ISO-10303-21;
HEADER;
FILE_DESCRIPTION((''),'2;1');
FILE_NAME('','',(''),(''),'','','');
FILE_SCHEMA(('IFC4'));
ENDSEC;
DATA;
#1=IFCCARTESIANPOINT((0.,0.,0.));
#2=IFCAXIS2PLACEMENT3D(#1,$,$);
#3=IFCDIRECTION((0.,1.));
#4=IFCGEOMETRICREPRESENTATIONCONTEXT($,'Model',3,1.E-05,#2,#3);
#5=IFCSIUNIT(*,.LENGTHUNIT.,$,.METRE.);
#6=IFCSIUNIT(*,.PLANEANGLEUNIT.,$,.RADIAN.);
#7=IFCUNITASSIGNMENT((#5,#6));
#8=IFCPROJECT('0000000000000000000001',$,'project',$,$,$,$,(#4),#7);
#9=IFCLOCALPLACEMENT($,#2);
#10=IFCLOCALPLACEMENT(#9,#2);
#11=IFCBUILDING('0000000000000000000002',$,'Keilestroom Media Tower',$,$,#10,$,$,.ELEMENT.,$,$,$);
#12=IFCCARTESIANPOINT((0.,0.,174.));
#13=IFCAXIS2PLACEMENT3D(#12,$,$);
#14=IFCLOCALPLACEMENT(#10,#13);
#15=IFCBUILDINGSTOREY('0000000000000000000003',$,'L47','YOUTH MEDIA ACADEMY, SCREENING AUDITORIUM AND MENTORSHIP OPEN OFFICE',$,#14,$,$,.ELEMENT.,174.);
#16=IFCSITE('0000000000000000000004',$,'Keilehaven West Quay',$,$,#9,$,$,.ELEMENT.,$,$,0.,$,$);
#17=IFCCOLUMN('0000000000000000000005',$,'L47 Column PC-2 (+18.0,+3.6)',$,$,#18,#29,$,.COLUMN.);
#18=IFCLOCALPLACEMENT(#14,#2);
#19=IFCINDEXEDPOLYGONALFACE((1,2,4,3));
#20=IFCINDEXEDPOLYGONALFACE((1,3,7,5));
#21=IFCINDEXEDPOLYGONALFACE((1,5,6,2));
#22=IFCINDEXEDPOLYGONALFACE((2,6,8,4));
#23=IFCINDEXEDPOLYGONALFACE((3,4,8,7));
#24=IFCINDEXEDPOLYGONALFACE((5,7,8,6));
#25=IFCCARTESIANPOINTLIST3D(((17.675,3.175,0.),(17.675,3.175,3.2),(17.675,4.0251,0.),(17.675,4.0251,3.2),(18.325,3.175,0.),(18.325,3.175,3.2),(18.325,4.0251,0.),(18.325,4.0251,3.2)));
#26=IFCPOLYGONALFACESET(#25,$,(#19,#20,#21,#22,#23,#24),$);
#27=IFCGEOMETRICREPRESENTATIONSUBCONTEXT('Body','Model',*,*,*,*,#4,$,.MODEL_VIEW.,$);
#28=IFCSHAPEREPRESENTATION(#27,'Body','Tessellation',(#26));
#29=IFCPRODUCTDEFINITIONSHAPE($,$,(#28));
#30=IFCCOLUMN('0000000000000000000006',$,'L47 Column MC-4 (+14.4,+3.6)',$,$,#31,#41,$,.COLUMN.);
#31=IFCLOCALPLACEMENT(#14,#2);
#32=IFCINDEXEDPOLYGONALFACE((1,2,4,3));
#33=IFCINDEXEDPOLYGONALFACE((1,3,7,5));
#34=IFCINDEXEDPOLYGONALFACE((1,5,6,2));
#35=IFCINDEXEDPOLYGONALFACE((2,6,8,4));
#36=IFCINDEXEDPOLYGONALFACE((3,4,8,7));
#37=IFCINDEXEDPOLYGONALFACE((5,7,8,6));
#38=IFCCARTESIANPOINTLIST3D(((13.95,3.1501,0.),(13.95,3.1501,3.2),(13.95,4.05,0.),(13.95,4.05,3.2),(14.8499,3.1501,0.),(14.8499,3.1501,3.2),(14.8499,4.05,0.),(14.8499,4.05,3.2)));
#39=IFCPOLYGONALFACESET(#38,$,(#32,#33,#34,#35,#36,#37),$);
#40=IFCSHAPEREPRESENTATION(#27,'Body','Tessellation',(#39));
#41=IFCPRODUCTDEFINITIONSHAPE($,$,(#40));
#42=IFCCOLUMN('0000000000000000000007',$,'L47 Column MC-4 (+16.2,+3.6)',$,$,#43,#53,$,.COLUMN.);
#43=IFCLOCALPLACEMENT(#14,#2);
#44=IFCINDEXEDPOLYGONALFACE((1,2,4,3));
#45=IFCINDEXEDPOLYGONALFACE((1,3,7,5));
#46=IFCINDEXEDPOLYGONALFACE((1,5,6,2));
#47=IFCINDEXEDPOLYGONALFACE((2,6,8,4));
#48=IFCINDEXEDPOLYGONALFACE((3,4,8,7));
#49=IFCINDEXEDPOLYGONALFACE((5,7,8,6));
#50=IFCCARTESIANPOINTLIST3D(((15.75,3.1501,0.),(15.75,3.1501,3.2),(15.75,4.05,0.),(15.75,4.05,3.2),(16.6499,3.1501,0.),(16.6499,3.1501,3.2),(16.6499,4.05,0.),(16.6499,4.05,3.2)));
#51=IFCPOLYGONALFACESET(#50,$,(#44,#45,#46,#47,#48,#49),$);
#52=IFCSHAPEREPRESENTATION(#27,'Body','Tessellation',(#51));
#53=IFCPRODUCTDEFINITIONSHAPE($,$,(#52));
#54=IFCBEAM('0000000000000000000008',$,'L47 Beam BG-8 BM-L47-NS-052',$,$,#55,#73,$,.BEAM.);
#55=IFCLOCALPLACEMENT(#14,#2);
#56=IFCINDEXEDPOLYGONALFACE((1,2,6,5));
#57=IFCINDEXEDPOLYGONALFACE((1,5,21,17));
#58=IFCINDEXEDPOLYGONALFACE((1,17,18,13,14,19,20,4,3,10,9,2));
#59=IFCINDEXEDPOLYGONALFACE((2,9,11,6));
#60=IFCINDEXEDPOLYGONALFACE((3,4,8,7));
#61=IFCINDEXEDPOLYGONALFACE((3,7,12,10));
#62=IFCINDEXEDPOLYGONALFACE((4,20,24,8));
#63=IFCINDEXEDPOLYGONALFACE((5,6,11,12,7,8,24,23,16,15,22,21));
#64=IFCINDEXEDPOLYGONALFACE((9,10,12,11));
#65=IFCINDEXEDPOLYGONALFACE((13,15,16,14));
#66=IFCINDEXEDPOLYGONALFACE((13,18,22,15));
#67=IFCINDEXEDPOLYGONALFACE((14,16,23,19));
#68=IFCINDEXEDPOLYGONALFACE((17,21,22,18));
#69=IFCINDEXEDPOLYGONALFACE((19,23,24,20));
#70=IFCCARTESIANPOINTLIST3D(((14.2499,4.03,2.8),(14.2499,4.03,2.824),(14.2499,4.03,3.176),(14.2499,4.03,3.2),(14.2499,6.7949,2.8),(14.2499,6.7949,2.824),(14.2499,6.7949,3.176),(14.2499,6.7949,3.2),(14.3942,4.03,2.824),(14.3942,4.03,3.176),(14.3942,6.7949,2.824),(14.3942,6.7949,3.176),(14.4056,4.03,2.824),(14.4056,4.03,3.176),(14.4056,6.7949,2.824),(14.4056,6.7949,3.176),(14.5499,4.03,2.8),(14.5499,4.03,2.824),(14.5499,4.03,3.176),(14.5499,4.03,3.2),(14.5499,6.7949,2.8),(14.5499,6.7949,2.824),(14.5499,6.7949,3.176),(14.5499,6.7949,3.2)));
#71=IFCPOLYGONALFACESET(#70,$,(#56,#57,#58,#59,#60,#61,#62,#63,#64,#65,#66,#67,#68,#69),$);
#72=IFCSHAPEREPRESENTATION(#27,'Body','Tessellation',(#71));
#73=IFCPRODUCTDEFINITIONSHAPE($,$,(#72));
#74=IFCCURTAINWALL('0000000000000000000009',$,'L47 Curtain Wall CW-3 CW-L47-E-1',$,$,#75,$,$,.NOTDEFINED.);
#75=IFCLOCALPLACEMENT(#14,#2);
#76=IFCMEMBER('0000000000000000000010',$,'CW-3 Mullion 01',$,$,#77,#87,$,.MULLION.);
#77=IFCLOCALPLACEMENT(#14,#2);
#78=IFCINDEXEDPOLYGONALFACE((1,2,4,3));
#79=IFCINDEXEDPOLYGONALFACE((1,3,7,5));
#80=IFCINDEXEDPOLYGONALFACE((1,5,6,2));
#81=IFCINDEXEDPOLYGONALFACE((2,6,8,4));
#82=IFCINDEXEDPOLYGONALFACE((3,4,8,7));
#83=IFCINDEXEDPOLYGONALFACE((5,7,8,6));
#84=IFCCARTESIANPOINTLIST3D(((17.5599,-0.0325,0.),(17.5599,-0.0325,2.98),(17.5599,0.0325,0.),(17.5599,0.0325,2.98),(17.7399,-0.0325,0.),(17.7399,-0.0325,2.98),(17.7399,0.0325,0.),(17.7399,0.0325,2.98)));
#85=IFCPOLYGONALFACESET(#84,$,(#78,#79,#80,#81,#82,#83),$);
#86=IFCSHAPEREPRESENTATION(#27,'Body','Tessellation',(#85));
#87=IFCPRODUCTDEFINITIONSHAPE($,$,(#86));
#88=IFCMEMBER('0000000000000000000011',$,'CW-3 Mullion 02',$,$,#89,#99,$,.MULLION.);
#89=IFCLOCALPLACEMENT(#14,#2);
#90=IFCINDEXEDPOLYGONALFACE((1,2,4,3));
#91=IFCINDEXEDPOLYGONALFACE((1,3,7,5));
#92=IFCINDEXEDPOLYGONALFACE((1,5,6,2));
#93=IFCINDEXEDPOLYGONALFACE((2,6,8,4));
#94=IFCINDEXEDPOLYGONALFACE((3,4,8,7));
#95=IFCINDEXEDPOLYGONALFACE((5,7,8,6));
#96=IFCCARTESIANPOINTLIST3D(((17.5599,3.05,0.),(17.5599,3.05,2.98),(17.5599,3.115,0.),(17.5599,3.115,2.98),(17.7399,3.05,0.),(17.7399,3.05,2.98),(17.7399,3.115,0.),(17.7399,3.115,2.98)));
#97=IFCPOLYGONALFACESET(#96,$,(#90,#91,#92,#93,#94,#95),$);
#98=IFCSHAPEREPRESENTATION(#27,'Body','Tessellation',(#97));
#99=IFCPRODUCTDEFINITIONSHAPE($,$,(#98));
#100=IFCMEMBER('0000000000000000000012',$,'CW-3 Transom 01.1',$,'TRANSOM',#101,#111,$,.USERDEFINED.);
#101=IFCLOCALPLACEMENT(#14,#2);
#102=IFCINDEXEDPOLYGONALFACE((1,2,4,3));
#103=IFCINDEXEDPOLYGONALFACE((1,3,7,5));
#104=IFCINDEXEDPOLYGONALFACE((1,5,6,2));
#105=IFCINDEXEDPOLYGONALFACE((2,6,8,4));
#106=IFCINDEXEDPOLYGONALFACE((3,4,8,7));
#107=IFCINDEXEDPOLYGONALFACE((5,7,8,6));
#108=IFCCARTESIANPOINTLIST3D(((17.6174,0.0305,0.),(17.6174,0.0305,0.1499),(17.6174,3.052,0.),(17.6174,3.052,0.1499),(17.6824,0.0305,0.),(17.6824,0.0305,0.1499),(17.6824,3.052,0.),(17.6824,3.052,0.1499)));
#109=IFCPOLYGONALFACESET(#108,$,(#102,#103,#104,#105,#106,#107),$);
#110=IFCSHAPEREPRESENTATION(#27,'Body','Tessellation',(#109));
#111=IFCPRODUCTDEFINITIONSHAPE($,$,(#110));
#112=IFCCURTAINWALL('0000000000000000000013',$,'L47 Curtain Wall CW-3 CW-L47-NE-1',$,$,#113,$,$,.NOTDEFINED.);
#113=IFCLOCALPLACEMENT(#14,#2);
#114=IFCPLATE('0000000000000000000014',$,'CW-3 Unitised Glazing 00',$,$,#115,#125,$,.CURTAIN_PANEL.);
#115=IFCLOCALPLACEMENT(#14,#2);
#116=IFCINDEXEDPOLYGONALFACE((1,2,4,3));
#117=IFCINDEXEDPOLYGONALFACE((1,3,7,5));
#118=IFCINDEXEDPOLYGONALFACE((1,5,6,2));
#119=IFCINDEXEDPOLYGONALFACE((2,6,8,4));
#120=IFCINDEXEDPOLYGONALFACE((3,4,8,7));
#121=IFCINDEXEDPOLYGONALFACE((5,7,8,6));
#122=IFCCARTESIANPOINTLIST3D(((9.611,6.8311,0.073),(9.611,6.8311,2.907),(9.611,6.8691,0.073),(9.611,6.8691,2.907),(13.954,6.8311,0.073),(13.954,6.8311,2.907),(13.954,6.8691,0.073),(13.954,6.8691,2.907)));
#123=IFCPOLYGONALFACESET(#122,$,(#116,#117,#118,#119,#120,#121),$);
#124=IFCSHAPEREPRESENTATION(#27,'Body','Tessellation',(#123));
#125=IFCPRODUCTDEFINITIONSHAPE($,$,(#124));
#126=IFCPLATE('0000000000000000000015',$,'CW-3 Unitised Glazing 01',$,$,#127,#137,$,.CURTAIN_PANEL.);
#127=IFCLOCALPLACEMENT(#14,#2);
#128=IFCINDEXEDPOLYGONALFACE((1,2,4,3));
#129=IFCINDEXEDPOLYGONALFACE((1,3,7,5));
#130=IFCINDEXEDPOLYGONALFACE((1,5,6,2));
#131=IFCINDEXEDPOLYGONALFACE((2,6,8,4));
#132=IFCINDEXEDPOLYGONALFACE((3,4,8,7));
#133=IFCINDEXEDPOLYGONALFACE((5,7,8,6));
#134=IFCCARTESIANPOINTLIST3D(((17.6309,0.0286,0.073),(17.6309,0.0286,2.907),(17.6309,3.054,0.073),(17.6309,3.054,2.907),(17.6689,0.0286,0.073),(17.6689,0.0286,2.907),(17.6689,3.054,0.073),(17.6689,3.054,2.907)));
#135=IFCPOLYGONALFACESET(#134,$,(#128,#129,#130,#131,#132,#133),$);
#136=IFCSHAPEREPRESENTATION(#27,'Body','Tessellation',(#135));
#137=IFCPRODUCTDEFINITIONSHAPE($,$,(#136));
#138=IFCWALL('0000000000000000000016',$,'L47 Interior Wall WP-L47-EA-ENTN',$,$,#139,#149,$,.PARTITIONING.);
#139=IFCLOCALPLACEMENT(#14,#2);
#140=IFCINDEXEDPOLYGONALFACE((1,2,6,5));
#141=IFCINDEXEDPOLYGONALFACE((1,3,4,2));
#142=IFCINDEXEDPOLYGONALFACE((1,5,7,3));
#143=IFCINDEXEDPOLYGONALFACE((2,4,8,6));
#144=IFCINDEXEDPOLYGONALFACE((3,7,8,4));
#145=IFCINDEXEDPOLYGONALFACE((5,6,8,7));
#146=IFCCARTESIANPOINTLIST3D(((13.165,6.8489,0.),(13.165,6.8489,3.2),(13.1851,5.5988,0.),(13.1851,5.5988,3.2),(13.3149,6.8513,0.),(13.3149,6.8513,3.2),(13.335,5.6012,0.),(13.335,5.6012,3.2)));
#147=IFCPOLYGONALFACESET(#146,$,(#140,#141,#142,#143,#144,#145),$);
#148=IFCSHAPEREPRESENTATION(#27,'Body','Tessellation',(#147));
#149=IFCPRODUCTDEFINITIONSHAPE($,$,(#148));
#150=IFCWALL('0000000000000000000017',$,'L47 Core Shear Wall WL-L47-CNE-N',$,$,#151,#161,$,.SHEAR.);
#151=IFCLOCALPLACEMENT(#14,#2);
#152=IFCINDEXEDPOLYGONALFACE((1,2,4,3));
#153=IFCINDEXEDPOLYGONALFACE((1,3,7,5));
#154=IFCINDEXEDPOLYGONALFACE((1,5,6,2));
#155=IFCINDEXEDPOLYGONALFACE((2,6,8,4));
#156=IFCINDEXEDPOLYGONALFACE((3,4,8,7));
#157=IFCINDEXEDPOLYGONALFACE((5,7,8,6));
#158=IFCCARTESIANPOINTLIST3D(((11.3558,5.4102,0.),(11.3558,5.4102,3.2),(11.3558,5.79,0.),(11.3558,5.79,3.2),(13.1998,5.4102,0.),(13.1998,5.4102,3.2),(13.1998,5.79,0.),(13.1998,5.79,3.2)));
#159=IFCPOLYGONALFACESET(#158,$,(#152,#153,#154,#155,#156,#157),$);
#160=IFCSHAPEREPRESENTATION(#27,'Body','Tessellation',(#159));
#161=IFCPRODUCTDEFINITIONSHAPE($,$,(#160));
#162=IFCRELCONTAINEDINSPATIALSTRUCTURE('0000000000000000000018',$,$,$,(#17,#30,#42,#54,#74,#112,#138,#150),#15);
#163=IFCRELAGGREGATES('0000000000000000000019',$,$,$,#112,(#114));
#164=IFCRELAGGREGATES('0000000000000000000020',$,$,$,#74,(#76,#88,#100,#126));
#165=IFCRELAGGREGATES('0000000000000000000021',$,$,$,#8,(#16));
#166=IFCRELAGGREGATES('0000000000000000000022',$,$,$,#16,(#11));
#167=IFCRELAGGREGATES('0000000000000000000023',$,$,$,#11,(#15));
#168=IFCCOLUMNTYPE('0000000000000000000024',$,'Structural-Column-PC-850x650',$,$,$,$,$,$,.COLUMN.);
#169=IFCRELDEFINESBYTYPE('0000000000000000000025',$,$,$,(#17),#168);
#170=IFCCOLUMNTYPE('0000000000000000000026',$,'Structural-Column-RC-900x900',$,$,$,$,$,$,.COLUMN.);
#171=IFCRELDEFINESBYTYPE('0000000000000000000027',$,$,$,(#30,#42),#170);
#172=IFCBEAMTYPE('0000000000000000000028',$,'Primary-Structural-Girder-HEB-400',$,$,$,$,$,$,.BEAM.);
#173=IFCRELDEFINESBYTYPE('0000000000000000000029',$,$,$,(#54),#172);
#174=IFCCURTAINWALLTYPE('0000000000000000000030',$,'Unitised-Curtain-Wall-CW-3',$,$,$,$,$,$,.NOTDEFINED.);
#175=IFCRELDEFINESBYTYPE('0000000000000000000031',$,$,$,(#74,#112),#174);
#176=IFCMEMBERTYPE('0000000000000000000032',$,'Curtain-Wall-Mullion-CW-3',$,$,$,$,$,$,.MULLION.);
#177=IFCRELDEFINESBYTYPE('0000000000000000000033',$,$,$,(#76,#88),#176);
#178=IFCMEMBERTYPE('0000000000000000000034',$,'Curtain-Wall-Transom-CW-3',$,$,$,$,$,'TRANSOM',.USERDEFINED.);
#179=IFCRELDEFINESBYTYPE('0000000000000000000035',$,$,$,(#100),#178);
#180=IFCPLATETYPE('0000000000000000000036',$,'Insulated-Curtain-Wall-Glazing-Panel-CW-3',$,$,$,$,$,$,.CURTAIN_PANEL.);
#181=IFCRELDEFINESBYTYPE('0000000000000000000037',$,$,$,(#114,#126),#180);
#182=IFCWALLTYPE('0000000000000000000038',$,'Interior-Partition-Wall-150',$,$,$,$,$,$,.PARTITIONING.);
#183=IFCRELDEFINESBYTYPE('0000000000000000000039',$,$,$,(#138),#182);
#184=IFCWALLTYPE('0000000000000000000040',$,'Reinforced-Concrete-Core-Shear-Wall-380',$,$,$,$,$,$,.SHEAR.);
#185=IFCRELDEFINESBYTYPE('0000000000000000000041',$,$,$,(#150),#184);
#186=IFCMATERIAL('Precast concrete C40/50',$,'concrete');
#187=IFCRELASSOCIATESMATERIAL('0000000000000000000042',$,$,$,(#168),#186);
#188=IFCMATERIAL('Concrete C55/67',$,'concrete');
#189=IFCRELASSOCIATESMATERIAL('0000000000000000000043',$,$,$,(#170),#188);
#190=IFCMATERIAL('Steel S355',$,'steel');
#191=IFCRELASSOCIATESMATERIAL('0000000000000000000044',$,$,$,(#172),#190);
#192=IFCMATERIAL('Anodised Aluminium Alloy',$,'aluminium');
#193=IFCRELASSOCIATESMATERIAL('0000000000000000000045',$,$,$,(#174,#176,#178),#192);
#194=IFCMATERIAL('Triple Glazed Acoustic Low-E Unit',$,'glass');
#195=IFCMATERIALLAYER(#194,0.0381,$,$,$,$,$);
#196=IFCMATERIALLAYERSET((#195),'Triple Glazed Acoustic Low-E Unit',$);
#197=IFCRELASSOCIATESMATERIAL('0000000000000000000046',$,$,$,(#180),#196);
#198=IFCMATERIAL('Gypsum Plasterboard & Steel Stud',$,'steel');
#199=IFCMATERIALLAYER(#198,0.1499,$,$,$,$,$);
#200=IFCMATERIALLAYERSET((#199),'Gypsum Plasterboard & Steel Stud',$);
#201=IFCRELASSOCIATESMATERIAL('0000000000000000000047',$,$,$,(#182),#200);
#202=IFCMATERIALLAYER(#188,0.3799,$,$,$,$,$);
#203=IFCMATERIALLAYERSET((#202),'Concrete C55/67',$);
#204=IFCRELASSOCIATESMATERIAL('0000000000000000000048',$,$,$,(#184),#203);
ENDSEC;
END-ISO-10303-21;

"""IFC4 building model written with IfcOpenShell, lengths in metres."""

from ifc_helpers import new_model, si_unit, direction, frame, frame_2d, origin, origin_2d, place, context, subcontext, project, spatial, rectangle, i_section, extrude, source, transform, mapped, material, layer, layer_set, material_profile, profile_set, type_object, element, aggregate, save


model = new_model("IFC4")

# Units and contexts
model_context = context("Model", 3, precision=1e-05, world=origin(), true_north=direction((0.0, 1.0)))
body_context = subcontext(model_context, "Body", "Model", "MODEL_VIEW")
ifc_project = project(units=[si_unit("LENGTHUNIT", "METRE"), si_unit("PLANEANGLEUNIT", "RADIAN")], contexts=[model_context])

# Site, building, storey
site_placement = place(None, origin())
site = spatial("IfcSite", under=ifc_project, at=site_placement, Name="Keilehaven West Quay", CompositionType="ELEMENT", RefElevation=0.0)
building_placement = place(site_placement, origin())
building = spatial("IfcBuilding", under=site, at=building_placement, Name="Keilestroom Media Tower", CompositionType="ELEMENT")
storey_placement = place(building_placement, frame((0.0, 0.0, 174.0)))
storey = spatial("IfcBuildingStorey", under=building, at=storey_placement, Name="L47", Description="YOUTH MEDIA ACADEMY, SCREENING AUDITORIUM AND MENTORSHIP OPEN OFFICE", CompositionType="ELEMENT", Elevation=174.0)

# Columns
ifc_material_1 = material(Name="Precast concrete C40/50", Category="concrete")
ifc_material_profile_1 = material_profile(ifc_material_1, rectangle(XDim=0.6499, YDim=0.8501, at=origin_2d()), Name="PC 850x650")
ifc_profile_set_1 = profile_set([ifc_material_profile_1], Name="Precast concrete C40/50")
column_type_1 = type_object("IfcColumnType", Name="Structural-Column-PC-850x650", PredefinedType="COLUMN", material=ifc_profile_set_1)
shared_shape_1 = source(origin(), body_context, "Body", "SweptSolid", [
    extrude(rectangle(XDim=0.6499, YDim=0.8501, at=origin_2d()), origin(), (0.0, 0.0, 1.0), 3.2),
])
column_placement = place(storey_placement, frame((18.0, 3.6001, 0.0), z_axis=(0.0, 0.0, 1.0), x_axis=(1.0, 0.0, 0.0)))
element("IfcColumn", 1, at=column_placement, inside=storey, type_object=column_type_1, Name="L47 Column PC-2 (+18.0,+3.6)", PredefinedType="COLUMN", context=body_context, shape_type="MappedRepresentation", body=[
    mapped(shared_shape_1, transform((0.0, 0.0, 0.0), x_axis=(1.0, 0.0, 0.0), y_axis=(0.0, 1.0, 0.0), z_axis=(0.0, 0.0, 1.0), scale=1.0)),
])
ifc_material_2 = material(Name="Concrete C55/67", Category="concrete")
ifc_material_profile_2 = material_profile(ifc_material_2, rectangle(XDim=0.8999, YDim=0.8999, at=origin_2d()), Name="RC 900x900")
ifc_profile_set_2 = profile_set([ifc_material_profile_2], Name="Concrete C55/67")
column_type_2 = type_object("IfcColumnType", Name="Structural-Column-RC-900x900", PredefinedType="COLUMN", material=ifc_profile_set_2)
shared_shape_2 = source(origin(), body_context, "Body", "SweptSolid", [
    extrude(rectangle(XDim=0.8999, YDim=0.8999, at=origin_2d()), origin(), (0.0, 0.0, 1.0), 3.2),
])
for number, where, z_axis, x_axis, name in (
    (2, (14.3999, 3.6001, 0.0), (0.0, 0.0, 1.0), (1.0, 0.0, 0.0), "L47 Column MC-4 (+14.4,+3.6)"),
    (3, (16.2, 3.6001, 0.0), (0.0, 0.0, 1.0), (1.0, 0.0, 0.0), "L47 Column MC-4 (+16.2,+3.6)"),
):
    element("IfcColumn", number, at=place(storey_placement, frame(where, z_axis=z_axis, x_axis=x_axis)), inside=storey, type_object=column_type_2, Name=name, PredefinedType="COLUMN", context=body_context, shape_type="MappedRepresentation", body=[
        mapped(shared_shape_2, transform((0.0, 0.0, 0.0), x_axis=(1.0, 0.0, 0.0), y_axis=(0.0, 1.0, 0.0), z_axis=(0.0, 0.0, 1.0), scale=1.0)),
    ])

# Beam
ifc_material_3 = material(Name="Steel S355", Category="steel")
ifc_material_profile_3 = material_profile(ifc_material_3, i_section(OverallWidth=0.3, OverallDepth=0.3999, WebThickness=0.0115, FlangeThickness=0.0239, at=origin_2d()), Name="HEB 400")
ifc_profile_set_3 = profile_set([ifc_material_profile_3], Name="Steel S355")
beam_type = type_object("IfcBeamType", Name="Primary-Structural-Girder-HEB-400", PredefinedType="BEAM", material=ifc_profile_set_3)
shared_shape_3 = source(origin(), body_context, "Body", "SweptSolid", [
    extrude(i_section(OverallWidth=0.3, OverallDepth=0.3999, WebThickness=0.0115, FlangeThickness=0.0239, at=origin_2d()), origin(), (0.0, 0.0, 1.0), 2.7649),
])
beam_placement = place(storey_placement, frame((14.3999, 4.03, 3.0), z_axis=(0.0, 1.0, 0.0), x_axis=(-1.0, 0.0, 0.0)))
element("IfcBeam", 4, at=beam_placement, inside=storey, type_object=beam_type, Name="L47 Beam BG-8 BM-L47-NS-052", PredefinedType="BEAM", context=body_context, shape_type="MappedRepresentation", body=[
    mapped(shared_shape_3, transform((0.0, 0.0, 0.0), x_axis=(1.0, 0.0, 0.0), y_axis=(0.0, 1.0, 0.0), z_axis=(0.0, 0.0, 1.0), scale=1.0)),
])

# Curtain wall, members
ifc_material_4 = material(Name="Anodised Aluminium Alloy", Category="aluminium")
curtain_wall_type = type_object("IfcCurtainWallType", Name="Unitised-Curtain-Wall-CW-3", PredefinedType="NOTDEFINED", material=ifc_material_4)
curtain_wall_1_placement = place(storey_placement, origin())
curtain_wall_1 = element("IfcCurtainWall", 5, at=curtain_wall_1_placement, inside=storey, type_object=curtain_wall_type, Name="L47 Curtain Wall CW-3 CW-L47-E-1", PredefinedType="NOTDEFINED")
ifc_material_profile_4 = material_profile(ifc_material_4, rectangle(XDim=0.0649, YDim=0.1799, at=origin_2d()), Name="ALU MULLION 65x180")
ifc_profile_set_4 = profile_set([ifc_material_profile_4], Name="Anodised Aluminium Alloy")
member_type_1 = type_object("IfcMemberType", Name="Curtain-Wall-Mullion-CW-3", PredefinedType="MULLION", material=ifc_profile_set_4)
shared_shape_4 = source(origin(), body_context, "Body", "SweptSolid", [
    extrude(rectangle(XDim=0.0649, YDim=0.1799, at=origin_2d()), origin(), (0.0, 0.0, 1.0), 2.98),
])
member_1_placement = place(storey_placement, frame((17.6499, 0.0, 0.0), z_axis=(0.0, 0.0, 1.0), x_axis=(0.0, 1.0, 0.0)))
member_1 = element("IfcMember", 6, at=member_1_placement, type_object=member_type_1, Name="CW-3 Mullion 01", PredefinedType="MULLION", context=body_context, shape_type="MappedRepresentation", body=[
    mapped(shared_shape_4, transform((0.0, 0.0, 0.0), x_axis=(1.0, 0.0, 0.0), y_axis=(0.0, 1.0, 0.0), z_axis=(0.0, 0.0, 1.0), scale=1.0)),
])
member_2_placement = place(storey_placement, frame((17.6499, 3.0825, 0.0), z_axis=(0.0, 0.0, 1.0), x_axis=(0.0, 1.0, 0.0)))
member_2 = element("IfcMember", 7, at=member_2_placement, type_object=member_type_1, Name="CW-3 Mullion 02", PredefinedType="MULLION", context=body_context, shape_type="MappedRepresentation", body=[
    mapped(shared_shape_4, transform((0.0, 0.0, 0.0), x_axis=(1.0, 0.0, 0.0), y_axis=(0.0, 1.0, 0.0), z_axis=(0.0, 0.0, 1.0), scale=1.0)),
])
ifc_material_profile_5 = material_profile(ifc_material_4, rectangle(XDim=0.0649, YDim=0.1499, at=origin_2d()), Name="ALU TRANSOM 65x150")
ifc_profile_set_5 = profile_set([ifc_material_profile_5], Name="Anodised Aluminium Alloy")
member_type_2 = type_object("IfcMemberType", Name="Curtain-Wall-Transom-CW-3", ElementType="TRANSOM", PredefinedType="USERDEFINED", material=ifc_profile_set_5)
shared_shape_5 = source(origin(), body_context, "Body", "SweptSolid", [
    extrude(rectangle(XDim=0.0649, YDim=0.1499, at=origin_2d()), origin(), (0.0, 0.0, 1.0), 3.0215),
])
member_3_placement = place(storey_placement, frame((17.6499, 0.0305, 0.075), z_axis=(0.0, 1.0, 0.0), x_axis=(-1.0, 0.0, 0.0)))
member_3 = element("IfcMember", 8, at=member_3_placement, type_object=member_type_2, Name="CW-3 Transom 01.1", ObjectType="TRANSOM", PredefinedType="USERDEFINED", context=body_context, shape_type="MappedRepresentation", body=[
    mapped(shared_shape_5, transform((0.0, 0.0, 0.0), x_axis=(1.0, 0.0, 0.0), y_axis=(0.0, 1.0, 0.0), z_axis=(0.0, 0.0, 1.0), scale=1.0)),
])

# Curtain wall, plate
curtain_wall_2_placement = place(storey_placement, origin())
curtain_wall_2 = element("IfcCurtainWall", 9, at=curtain_wall_2_placement, inside=storey, type_object=curtain_wall_type, Name="L47 Curtain Wall CW-3 CW-L47-NE-1", PredefinedType="NOTDEFINED")
ifc_material_5 = material(Name="Triple Glazed Acoustic Low-E Unit", Category="glass")
ifc_layer_1 = layer(ifc_material_5, 0.0381)
ifc_layer_set_1 = layer_set([ifc_layer_1], Name="Triple Glazed Acoustic Low-E Unit")
plate_type = type_object("IfcPlateType", Name="Insulated-Curtain-Wall-Glazing-Panel-CW-3", PredefinedType="CURTAIN_PANEL", material=ifc_layer_set_1)
shared_shape_6 = source(origin(), body_context, "Body", "SweptSolid", [
    extrude(rectangle(XDim=4.343, YDim=0.0381, at=origin_2d()), origin(), (0.0, 0.0, 1.0), 2.834),
])
plate_1_placement = place(storey_placement, frame((11.7825, 6.8501, 0.073), z_axis=(0.0, 0.0, 1.0), x_axis=(1.0, 0.0, 0.0)))
plate_1 = element("IfcPlate", 10, at=plate_1_placement, type_object=plate_type, Name="CW-3 Unitised Glazing 00", PredefinedType="CURTAIN_PANEL", context=body_context, shape_type="MappedRepresentation", body=[
    mapped(shared_shape_6, transform((0.0, 0.0, 0.0), x_axis=(1.0, 0.0, 0.0), y_axis=(0.0, 1.0, 0.0), z_axis=(0.0, 0.0, 1.0), scale=1.0)),
])
aggregate(curtain_wall_2, [plate_1])

# Plate
shared_shape_7 = source(origin(), body_context, "Body", "SweptSolid", [
    extrude(rectangle(XDim=3.0254, YDim=0.0381, at=origin_2d()), origin(), (0.0, 0.0, 1.0), 2.834),
])
plate_2_placement = place(storey_placement, frame((17.6499, 1.5413, 0.073), z_axis=(0.0, 0.0, 1.0), x_axis=(0.0, 1.0, 0.0)))
plate_2 = element("IfcPlate", 11, at=plate_2_placement, type_object=plate_type, Name="CW-3 Unitised Glazing 01", PredefinedType="CURTAIN_PANEL", context=body_context, shape_type="MappedRepresentation", body=[
    mapped(shared_shape_7, transform((0.0, 0.0, 0.0), x_axis=(1.0, 0.0, 0.0), y_axis=(0.0, 1.0, 0.0), z_axis=(0.0, 0.0, 1.0), scale=1.0)),
])
aggregate(curtain_wall_1, [member_1, member_2, member_3, plate_2])

# Walls
ifc_material_6 = material(Name="Gypsum Plasterboard & Steel Stud", Category="steel")
ifc_layer_2 = layer(ifc_material_6, 0.1499)
ifc_layer_set_2 = layer_set([ifc_layer_2], Name="Gypsum Plasterboard & Steel Stud")
wall_type_1 = type_object("IfcWallType", Name="Interior-Partition-Wall-150", PredefinedType="PARTITIONING", material=ifc_layer_set_2)
wall_1_placement = place(storey_placement, frame((13.26, 5.6001, 0.0), z_axis=(0.0, 0.0, 1.0), x_axis=(-0.016014, 0.999872, 0.0)))
element("IfcWall", 12, at=wall_1_placement, inside=storey, type_object=wall_type_1, Name="L47 Interior Wall WP-L47-EA-ENTN", PredefinedType="PARTITIONING", context=body_context, shape_type="SweptSolid", body=[
    extrude(rectangle(XDim=1.2502, YDim=0.1499, at=frame_2d((0.625, 0.0))), origin(), (0.0, 0.0, 1.0), 3.2),
])
ifc_layer_3 = layer(ifc_material_2, 0.3799)
ifc_layer_set_3 = layer_set([ifc_layer_3], Name="Concrete C55/67")
wall_type_2 = type_object("IfcWallType", Name="Reinforced-Concrete-Core-Shear-Wall-380", PredefinedType="SHEAR", material=ifc_layer_set_3)
wall_2_placement = place(storey_placement, frame((11.356, 5.6001, 0.0), z_axis=(0.0, 0.0, 1.0), x_axis=(1.0, 0.0, 0.0)))
element("IfcWall", 13, at=wall_2_placement, inside=storey, type_object=wall_type_2, Name="L47 Core Shear Wall WL-L47-CNE-N", PredefinedType="SHEAR", context=body_context, shape_type="SweptSolid", body=[
    extrude(rectangle(XDim=1.844, YDim=0.3799, at=frame_2d((0.9219, 0.0))), origin(), (0.0, 0.0, 1.0), 3.2),
])

save(model, "model.ifc")
